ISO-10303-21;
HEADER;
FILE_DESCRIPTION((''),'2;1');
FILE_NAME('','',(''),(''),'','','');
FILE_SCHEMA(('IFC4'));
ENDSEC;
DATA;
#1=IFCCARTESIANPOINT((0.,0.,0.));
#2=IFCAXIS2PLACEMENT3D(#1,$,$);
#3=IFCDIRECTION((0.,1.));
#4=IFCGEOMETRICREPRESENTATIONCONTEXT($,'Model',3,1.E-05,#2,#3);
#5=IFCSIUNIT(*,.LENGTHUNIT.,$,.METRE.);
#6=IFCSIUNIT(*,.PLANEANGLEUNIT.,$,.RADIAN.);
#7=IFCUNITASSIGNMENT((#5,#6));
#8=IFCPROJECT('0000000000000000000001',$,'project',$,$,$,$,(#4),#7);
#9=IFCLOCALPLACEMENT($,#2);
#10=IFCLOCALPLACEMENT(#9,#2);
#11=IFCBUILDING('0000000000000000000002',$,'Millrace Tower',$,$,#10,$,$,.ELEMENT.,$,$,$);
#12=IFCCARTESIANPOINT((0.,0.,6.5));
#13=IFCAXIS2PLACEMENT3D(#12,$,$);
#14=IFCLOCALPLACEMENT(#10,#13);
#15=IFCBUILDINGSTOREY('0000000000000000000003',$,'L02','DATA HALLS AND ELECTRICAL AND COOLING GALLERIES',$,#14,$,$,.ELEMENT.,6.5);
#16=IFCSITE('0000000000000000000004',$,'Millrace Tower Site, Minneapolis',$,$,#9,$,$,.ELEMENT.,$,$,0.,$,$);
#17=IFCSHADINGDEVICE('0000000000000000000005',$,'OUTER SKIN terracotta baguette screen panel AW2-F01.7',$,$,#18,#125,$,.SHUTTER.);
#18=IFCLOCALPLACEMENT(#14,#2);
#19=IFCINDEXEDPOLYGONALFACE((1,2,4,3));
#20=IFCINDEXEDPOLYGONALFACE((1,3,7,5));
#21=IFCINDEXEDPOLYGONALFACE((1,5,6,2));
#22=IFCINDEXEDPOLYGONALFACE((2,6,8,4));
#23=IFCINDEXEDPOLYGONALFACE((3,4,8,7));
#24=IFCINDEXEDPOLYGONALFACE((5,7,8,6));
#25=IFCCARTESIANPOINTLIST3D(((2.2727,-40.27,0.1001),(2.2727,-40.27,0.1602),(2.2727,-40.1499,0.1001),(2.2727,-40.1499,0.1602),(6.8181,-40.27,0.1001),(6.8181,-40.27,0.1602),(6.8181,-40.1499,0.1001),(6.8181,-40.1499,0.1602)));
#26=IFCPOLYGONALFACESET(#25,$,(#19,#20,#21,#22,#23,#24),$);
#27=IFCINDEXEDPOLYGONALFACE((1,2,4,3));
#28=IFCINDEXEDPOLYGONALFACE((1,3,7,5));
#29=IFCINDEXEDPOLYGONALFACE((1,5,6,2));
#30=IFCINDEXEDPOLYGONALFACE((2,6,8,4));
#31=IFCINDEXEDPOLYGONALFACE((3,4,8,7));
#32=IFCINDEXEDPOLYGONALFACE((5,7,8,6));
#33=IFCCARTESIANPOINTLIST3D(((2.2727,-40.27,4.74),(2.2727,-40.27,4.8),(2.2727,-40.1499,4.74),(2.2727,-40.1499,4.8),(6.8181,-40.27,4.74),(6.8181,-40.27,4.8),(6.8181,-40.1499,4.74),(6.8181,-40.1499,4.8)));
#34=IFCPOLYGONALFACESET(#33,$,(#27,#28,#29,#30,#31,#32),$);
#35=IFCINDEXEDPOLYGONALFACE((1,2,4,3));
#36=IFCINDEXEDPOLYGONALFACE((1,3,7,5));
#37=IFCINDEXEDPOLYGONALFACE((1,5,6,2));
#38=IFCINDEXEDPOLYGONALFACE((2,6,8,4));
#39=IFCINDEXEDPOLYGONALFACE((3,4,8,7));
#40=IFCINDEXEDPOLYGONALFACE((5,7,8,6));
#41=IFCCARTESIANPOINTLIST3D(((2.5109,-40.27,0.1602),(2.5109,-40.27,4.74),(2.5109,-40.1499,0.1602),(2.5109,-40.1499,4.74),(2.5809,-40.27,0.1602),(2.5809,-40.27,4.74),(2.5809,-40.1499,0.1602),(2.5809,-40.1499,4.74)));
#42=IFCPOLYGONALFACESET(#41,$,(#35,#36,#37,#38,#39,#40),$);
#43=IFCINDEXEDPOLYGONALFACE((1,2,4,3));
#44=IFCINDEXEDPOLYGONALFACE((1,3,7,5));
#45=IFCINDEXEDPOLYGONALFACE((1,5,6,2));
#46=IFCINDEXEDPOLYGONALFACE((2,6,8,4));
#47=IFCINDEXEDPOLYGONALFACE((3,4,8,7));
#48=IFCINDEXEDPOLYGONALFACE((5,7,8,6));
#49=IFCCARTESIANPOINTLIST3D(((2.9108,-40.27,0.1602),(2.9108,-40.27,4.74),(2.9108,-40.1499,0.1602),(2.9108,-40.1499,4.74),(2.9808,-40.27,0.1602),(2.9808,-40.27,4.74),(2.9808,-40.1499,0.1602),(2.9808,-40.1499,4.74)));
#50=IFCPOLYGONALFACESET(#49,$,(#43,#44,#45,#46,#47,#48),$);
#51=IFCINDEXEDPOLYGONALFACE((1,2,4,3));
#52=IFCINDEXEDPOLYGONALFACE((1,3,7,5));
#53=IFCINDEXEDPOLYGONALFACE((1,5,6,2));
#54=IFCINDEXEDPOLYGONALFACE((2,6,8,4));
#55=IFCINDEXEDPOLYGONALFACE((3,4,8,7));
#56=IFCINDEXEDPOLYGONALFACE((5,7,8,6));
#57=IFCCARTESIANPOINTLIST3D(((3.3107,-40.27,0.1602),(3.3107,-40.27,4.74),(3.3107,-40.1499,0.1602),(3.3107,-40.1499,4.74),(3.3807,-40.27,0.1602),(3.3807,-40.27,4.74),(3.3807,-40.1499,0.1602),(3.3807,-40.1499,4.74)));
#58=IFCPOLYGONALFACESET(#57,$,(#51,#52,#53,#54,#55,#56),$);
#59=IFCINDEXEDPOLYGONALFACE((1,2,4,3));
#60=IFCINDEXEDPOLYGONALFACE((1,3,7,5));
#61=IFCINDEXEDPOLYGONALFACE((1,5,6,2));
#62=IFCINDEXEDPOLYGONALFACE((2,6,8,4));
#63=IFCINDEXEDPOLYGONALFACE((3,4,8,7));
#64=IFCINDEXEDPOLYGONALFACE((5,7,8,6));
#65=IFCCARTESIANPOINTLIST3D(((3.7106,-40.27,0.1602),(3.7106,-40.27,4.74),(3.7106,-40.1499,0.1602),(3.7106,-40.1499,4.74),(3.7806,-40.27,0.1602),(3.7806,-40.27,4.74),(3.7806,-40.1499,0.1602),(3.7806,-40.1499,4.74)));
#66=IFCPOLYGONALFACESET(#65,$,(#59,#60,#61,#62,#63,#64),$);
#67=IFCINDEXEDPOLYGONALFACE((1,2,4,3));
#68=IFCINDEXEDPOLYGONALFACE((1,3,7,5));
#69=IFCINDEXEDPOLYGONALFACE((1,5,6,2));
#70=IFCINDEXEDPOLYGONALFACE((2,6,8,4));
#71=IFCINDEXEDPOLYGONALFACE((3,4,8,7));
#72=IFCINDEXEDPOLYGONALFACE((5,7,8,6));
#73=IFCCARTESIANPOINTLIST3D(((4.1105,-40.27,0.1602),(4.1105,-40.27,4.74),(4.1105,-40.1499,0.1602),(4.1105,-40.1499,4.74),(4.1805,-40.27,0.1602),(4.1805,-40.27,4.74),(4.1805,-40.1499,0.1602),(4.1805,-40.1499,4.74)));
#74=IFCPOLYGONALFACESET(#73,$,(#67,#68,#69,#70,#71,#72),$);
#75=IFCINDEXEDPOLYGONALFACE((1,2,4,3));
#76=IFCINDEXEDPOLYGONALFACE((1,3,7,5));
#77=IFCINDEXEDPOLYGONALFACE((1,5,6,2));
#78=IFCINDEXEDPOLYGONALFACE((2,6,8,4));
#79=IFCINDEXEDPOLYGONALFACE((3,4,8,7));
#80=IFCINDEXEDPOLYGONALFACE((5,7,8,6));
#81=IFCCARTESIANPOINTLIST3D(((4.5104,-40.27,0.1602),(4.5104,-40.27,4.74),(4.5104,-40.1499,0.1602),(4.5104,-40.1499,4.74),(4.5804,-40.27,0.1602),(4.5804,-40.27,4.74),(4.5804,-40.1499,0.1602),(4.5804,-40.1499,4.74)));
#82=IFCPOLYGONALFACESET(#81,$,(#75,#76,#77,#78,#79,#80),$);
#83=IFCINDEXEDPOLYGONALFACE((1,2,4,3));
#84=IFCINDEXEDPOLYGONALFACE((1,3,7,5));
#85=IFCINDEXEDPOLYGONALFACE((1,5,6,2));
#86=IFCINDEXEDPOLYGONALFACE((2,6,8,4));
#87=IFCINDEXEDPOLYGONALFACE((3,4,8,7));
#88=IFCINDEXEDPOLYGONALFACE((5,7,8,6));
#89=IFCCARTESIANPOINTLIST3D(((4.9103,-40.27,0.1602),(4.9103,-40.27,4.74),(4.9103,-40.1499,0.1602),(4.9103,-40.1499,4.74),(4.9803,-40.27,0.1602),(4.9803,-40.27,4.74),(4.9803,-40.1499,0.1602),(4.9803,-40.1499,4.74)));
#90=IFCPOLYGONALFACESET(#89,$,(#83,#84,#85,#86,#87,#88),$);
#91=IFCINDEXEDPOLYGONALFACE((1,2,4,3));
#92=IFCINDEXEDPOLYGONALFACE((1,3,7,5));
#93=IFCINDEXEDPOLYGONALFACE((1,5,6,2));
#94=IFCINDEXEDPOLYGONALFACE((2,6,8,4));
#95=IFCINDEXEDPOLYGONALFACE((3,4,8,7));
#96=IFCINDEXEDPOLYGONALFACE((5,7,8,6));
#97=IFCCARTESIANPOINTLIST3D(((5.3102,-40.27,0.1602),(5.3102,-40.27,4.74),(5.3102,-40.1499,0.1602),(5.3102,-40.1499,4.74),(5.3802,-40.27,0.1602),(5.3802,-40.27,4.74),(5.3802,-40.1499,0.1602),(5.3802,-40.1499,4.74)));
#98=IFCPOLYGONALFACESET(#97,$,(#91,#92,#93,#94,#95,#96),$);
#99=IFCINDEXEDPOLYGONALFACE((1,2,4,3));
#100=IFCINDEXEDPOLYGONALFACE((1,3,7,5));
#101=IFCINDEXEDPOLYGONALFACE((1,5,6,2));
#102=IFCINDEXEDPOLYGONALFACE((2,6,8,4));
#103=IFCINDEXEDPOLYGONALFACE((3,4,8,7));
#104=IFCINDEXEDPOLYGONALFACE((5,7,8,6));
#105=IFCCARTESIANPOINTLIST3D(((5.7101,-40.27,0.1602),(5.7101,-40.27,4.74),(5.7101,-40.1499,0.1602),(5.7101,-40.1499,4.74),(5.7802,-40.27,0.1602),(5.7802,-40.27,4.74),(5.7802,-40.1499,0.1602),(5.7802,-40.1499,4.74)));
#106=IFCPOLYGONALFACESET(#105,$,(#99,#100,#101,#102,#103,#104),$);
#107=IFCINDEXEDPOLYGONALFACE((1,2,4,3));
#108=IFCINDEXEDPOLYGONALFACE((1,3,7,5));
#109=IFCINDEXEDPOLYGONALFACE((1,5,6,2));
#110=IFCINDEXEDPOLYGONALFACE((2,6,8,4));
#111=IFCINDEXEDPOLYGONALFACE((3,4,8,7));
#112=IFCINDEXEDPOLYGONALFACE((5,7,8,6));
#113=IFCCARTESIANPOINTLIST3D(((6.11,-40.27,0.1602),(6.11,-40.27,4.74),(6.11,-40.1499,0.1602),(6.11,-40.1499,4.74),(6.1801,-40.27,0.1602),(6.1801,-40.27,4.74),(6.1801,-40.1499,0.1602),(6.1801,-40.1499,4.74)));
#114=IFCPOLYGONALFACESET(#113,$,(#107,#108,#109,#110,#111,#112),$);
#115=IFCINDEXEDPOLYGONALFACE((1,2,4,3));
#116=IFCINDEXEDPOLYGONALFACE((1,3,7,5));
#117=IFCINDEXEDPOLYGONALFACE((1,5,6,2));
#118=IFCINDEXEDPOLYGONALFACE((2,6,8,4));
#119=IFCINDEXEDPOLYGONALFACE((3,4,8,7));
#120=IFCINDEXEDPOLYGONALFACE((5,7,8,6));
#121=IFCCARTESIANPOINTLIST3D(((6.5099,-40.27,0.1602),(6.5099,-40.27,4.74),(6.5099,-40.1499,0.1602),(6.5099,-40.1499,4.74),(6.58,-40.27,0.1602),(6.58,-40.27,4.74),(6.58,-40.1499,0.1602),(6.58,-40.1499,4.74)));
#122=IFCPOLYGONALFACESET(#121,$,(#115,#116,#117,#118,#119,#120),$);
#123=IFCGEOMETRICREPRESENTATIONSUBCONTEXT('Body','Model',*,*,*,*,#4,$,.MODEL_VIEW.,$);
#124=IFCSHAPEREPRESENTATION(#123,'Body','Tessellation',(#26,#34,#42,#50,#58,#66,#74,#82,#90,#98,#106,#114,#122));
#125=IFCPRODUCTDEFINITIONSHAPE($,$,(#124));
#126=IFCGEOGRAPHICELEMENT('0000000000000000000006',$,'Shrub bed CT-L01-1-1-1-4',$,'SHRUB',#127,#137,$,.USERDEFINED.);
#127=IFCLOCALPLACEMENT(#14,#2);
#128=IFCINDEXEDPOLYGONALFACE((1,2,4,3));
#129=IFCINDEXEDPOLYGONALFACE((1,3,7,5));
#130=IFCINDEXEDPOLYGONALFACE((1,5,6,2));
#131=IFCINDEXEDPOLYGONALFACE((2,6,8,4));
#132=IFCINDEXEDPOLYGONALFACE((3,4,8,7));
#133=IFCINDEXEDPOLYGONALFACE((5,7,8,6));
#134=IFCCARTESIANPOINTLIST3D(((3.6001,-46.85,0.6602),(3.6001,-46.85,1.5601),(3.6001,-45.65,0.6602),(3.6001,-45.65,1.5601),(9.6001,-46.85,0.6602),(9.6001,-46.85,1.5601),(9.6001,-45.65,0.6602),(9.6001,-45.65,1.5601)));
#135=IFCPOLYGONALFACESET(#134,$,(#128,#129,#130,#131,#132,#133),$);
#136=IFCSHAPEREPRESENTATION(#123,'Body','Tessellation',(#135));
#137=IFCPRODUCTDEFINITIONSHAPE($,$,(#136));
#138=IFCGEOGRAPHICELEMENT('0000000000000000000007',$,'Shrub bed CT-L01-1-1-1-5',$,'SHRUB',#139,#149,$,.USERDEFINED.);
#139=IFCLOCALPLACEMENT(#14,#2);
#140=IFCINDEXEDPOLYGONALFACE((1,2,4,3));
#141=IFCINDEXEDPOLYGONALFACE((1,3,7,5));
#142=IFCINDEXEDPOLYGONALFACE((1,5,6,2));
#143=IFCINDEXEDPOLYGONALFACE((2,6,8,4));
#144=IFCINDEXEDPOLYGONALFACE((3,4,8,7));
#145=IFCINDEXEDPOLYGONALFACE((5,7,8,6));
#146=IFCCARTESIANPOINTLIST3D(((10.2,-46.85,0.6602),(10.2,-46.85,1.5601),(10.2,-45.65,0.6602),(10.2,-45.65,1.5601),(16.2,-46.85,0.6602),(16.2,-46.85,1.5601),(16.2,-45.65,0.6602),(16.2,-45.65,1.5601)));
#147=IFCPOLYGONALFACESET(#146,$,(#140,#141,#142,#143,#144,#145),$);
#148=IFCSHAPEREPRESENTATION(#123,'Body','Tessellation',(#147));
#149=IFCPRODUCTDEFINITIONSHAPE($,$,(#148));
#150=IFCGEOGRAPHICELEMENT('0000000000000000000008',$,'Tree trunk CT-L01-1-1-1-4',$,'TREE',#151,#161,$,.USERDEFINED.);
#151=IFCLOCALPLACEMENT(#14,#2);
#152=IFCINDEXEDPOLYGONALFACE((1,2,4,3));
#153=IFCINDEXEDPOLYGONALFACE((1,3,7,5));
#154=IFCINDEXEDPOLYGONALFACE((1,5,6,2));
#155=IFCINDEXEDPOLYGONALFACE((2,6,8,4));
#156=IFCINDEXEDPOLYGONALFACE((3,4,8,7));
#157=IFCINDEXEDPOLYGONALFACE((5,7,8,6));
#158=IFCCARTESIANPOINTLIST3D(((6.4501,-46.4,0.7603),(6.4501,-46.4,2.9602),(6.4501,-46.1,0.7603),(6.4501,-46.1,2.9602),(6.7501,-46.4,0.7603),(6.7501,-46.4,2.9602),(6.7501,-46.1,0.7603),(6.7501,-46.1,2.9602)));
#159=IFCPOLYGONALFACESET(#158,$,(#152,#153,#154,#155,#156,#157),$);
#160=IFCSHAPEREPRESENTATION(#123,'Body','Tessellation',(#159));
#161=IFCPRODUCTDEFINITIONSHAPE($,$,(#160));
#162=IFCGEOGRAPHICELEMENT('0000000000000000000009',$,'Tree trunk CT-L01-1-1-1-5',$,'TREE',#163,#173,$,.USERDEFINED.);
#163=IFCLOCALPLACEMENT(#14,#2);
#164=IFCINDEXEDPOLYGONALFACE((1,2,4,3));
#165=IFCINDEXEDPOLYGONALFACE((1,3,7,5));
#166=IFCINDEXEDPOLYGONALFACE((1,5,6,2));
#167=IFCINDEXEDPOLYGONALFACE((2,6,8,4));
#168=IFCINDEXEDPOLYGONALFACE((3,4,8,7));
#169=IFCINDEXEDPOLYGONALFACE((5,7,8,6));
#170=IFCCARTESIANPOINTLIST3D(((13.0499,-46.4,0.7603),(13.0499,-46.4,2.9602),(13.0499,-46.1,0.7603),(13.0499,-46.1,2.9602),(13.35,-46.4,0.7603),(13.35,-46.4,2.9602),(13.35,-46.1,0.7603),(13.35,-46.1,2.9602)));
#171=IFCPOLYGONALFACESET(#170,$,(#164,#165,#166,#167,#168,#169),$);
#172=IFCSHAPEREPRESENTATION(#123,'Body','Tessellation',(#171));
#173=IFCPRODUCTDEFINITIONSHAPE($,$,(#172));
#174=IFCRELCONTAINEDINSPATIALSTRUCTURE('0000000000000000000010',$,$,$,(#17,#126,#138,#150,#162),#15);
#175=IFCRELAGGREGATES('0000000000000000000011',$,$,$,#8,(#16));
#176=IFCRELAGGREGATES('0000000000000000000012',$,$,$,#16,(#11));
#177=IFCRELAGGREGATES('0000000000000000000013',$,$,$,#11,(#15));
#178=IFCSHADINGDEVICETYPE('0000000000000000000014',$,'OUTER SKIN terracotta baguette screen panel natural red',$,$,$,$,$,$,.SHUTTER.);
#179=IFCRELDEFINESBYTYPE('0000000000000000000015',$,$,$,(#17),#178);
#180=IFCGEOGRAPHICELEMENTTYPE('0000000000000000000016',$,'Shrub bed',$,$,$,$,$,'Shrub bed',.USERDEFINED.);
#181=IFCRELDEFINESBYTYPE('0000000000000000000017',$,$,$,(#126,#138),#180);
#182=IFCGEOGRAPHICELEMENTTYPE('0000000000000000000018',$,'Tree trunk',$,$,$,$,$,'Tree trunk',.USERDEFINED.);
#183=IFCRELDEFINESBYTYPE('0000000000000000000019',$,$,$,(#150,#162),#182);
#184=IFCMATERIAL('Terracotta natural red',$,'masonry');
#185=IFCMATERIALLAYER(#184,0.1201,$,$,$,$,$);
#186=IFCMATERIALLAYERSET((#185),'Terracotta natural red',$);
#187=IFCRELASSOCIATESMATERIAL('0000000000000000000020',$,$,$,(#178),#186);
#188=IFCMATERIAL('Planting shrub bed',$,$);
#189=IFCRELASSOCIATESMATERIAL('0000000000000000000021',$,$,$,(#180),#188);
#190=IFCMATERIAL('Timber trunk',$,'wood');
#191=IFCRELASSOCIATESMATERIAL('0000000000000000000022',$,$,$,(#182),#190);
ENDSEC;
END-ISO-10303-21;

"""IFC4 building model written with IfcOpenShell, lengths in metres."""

from ifc_helpers import new_model, entity, si_unit, direction, frame, frame_2d, origin, origin_2d, place, context, subcontext, project, spatial, rectangle, extrude, source, transform, mapped, material, layer, layer_set, type_object, element, save


model = new_model("IFC4")

# Units and contexts
model_context = context("Model", 3, precision=1e-05, world=origin(), true_north=direction((0.0, 1.0)))
body_context = subcontext(model_context, "Body", "Model", "MODEL_VIEW")
ifc_project = project(units=[si_unit("LENGTHUNIT", "METRE"), si_unit("PLANEANGLEUNIT", "RADIAN")], contexts=[model_context])

# Site, building, storey
site_placement = place(None, origin())
site = spatial("IfcSite", under=ifc_project, at=site_placement, Name="Millrace Tower Site, Minneapolis", CompositionType="ELEMENT", RefElevation=0.0)
building_placement = place(site_placement, origin())
building = spatial("IfcBuilding", under=site, at=building_placement, Name="Millrace Tower", CompositionType="ELEMENT")
storey_placement = place(building_placement, frame((0.0, 0.0, 6.5)))
storey = spatial("IfcBuildingStorey", under=building, at=storey_placement, Name="L02", Description="DATA HALLS AND ELECTRICAL AND COOLING GALLERIES", CompositionType="ELEMENT", Elevation=6.5)

# Shading device
cartesian_point = entity("IfcCartesianPoint", [-2.2727, 0.0601])
shared_polyline = entity("IfcPolyline", [cartesian_point, entity("IfcCartesianPoint", [2.2727, 0.0601]), entity("IfcCartesianPoint", [2.2727, -0.0601]), entity("IfcCartesianPoint", [-2.2727, -0.0601]), cartesian_point])
ifc_material_1 = material(Name="Terracotta natural red", Category="masonry")
ifc_layer_1 = layer(ifc_material_1, 0.1201)
ifc_layer_set_1 = layer_set([ifc_layer_1], Name="Terracotta natural red")
shading_device_type_1 = type_object("IfcShadingDeviceType", Name="OUTER SKIN terracotta baguette screen panel natural red", PredefinedType="SHUTTER", material=ifc_layer_set_1)
shared_shape_1 = source(origin(), body_context, "Body", "SweptSolid", [
    entity("IfcExtrudedAreaSolid", entity("IfcArbitraryClosedProfileDef", "AREA", None, shared_polyline), entity("IfcAxis2Placement3D", entity("IfcCartesianPoint", [0.0, 0.0, 0.0])), entity("IfcDirection", [0.0, 0.0, 1.0]), 0.0601),
    entity("IfcExtrudedAreaSolid", entity("IfcArbitraryClosedProfileDef", "AREA", None, shared_polyline), entity("IfcAxis2Placement3D", entity("IfcCartesianPoint", [0.0, 0.0, 4.6399])), entity("IfcDirection", [0.0, 0.0, 1.0]), 0.0601),
    extrude(rectangle(XDim=0.0701, YDim=0.1201, at=frame_2d((-1.9995, 0.0))), frame((0.0, 0.0, 0.0601)), (0.0, 0.0, 1.0), 4.5798),
    extrude(rectangle(XDim=0.0701, YDim=0.1201, at=frame_2d((-1.5996, 0.0))), frame((0.0, 0.0, 0.0601)), (0.0, 0.0, 1.0), 4.5798),
    extrude(rectangle(XDim=0.0701, YDim=0.1201, at=frame_2d((-1.1997, 0.0))), frame((0.0, 0.0, 0.0601)), (0.0, 0.0, 1.0), 4.5798),
    extrude(rectangle(XDim=0.0701, YDim=0.1201, at=frame_2d((-0.7998, 0.0))), frame((0.0, 0.0, 0.0601)), (0.0, 0.0, 1.0), 4.5798),
    extrude(rectangle(XDim=0.0701, YDim=0.1201, at=frame_2d((-0.3999, 0.0))), frame((0.0, 0.0, 0.0601)), (0.0, 0.0, 1.0), 4.5798),
    extrude(rectangle(XDim=0.0701, YDim=0.1201, at=origin_2d()), frame((0.0, 0.0, 0.0601)), (0.0, 0.0, 1.0), 4.5798),
    extrude(rectangle(XDim=0.0701, YDim=0.1201, at=frame_2d((0.3999, 0.0))), frame((0.0, 0.0, 0.0601)), (0.0, 0.0, 1.0), 4.5798),
    extrude(rectangle(XDim=0.0701, YDim=0.1201, at=frame_2d((0.7998, 0.0))), frame((0.0, 0.0, 0.0601)), (0.0, 0.0, 1.0), 4.5798),
    extrude(rectangle(XDim=0.0701, YDim=0.1201, at=frame_2d((1.1997, 0.0))), frame((0.0, 0.0, 0.0601)), (0.0, 0.0, 1.0), 4.5798),
    extrude(rectangle(XDim=0.0701, YDim=0.1201, at=frame_2d((1.5996, 0.0))), frame((0.0, 0.0, 0.0601)), (0.0, 0.0, 1.0), 4.5798),
    extrude(rectangle(XDim=0.0701, YDim=0.1201, at=frame_2d((1.9995, 0.0))), frame((0.0, 0.0, 0.0601)), (0.0, 0.0, 1.0), 4.5798),
])
shading_device_1_placement = place(storey_placement, frame((4.5454, -40.21, 0.1001), z_axis=(0.0, 0.0, 1.0), x_axis=(1.0, 0.0, 0.0)))
element("IfcShadingDevice", 1, at=shading_device_1_placement, inside=storey, type_object=shading_device_type_1, Name="OUTER SKIN terracotta baguette screen panel AW2-F01.7", PredefinedType="SHUTTER", context=body_context, shape_type="MappedRepresentation", body=[
    mapped(shared_shape_1, transform((0.0, 0.0, 0.0), scale=1.0)),
])

# Geographic elements
ifc_material_2 = material(Name="Planting shrub bed")
geographic_element_type_1 = type_object("IfcGeographicElementType", Name="Shrub bed", ElementType="Shrub bed", PredefinedType="USERDEFINED", material=ifc_material_2)
for number, where, z_axis, x_axis, name in (
    (2, (6.6001, -46.25, 0.6602), (0.0, 0.0, 1.0), (1.0, 0.0, 0.0), "Shrub bed CT-L01-1-1-1-4"),
    (3, (13.2, -46.25, 0.6602), (0.0, 0.0, 1.0), (1.0, 0.0, 0.0), "Shrub bed CT-L01-1-1-1-5"),
):
    element("IfcGeographicElement", number, at=place(storey_placement, frame(where, z_axis=z_axis, x_axis=x_axis)), inside=storey, type_object=geographic_element_type_1, Name=name, ObjectType="SHRUB", PredefinedType="USERDEFINED", context=body_context, shape_type="SweptSolid", body=[
        extrude(rectangle(XDim=6.0, YDim=1.2, at=origin_2d()), origin(), (0.0, 0.0, 1.0), 0.8999),
    ])
ifc_material_3 = material(Name="Timber trunk", Category="wood")
geographic_element_type_2 = type_object("IfcGeographicElementType", Name="Tree trunk", ElementType="Tree trunk", PredefinedType="USERDEFINED", material=ifc_material_3)
for number, where, z_axis, x_axis, name in (
    (4, (6.6001, -46.25, 0.7603), (0.0, 0.0, 1.0), (1.0, 0.0, 0.0), "Tree trunk CT-L01-1-1-1-4"),
    (5, (13.2, -46.25, 0.7603), (0.0, 0.0, 1.0), (1.0, 0.0, 0.0), "Tree trunk CT-L01-1-1-1-5"),
):
    element("IfcGeographicElement", number, at=place(storey_placement, frame(where, z_axis=z_axis, x_axis=x_axis)), inside=storey, type_object=geographic_element_type_2, Name=name, ObjectType="TREE", PredefinedType="USERDEFINED", context=body_context, shape_type="SweptSolid", body=[
        extrude(rectangle(XDim=0.3, YDim=0.3, at=origin_2d()), origin(), (0.0, 0.0, 1.0), 2.2),
    ])

save(model, "model.ifc")
